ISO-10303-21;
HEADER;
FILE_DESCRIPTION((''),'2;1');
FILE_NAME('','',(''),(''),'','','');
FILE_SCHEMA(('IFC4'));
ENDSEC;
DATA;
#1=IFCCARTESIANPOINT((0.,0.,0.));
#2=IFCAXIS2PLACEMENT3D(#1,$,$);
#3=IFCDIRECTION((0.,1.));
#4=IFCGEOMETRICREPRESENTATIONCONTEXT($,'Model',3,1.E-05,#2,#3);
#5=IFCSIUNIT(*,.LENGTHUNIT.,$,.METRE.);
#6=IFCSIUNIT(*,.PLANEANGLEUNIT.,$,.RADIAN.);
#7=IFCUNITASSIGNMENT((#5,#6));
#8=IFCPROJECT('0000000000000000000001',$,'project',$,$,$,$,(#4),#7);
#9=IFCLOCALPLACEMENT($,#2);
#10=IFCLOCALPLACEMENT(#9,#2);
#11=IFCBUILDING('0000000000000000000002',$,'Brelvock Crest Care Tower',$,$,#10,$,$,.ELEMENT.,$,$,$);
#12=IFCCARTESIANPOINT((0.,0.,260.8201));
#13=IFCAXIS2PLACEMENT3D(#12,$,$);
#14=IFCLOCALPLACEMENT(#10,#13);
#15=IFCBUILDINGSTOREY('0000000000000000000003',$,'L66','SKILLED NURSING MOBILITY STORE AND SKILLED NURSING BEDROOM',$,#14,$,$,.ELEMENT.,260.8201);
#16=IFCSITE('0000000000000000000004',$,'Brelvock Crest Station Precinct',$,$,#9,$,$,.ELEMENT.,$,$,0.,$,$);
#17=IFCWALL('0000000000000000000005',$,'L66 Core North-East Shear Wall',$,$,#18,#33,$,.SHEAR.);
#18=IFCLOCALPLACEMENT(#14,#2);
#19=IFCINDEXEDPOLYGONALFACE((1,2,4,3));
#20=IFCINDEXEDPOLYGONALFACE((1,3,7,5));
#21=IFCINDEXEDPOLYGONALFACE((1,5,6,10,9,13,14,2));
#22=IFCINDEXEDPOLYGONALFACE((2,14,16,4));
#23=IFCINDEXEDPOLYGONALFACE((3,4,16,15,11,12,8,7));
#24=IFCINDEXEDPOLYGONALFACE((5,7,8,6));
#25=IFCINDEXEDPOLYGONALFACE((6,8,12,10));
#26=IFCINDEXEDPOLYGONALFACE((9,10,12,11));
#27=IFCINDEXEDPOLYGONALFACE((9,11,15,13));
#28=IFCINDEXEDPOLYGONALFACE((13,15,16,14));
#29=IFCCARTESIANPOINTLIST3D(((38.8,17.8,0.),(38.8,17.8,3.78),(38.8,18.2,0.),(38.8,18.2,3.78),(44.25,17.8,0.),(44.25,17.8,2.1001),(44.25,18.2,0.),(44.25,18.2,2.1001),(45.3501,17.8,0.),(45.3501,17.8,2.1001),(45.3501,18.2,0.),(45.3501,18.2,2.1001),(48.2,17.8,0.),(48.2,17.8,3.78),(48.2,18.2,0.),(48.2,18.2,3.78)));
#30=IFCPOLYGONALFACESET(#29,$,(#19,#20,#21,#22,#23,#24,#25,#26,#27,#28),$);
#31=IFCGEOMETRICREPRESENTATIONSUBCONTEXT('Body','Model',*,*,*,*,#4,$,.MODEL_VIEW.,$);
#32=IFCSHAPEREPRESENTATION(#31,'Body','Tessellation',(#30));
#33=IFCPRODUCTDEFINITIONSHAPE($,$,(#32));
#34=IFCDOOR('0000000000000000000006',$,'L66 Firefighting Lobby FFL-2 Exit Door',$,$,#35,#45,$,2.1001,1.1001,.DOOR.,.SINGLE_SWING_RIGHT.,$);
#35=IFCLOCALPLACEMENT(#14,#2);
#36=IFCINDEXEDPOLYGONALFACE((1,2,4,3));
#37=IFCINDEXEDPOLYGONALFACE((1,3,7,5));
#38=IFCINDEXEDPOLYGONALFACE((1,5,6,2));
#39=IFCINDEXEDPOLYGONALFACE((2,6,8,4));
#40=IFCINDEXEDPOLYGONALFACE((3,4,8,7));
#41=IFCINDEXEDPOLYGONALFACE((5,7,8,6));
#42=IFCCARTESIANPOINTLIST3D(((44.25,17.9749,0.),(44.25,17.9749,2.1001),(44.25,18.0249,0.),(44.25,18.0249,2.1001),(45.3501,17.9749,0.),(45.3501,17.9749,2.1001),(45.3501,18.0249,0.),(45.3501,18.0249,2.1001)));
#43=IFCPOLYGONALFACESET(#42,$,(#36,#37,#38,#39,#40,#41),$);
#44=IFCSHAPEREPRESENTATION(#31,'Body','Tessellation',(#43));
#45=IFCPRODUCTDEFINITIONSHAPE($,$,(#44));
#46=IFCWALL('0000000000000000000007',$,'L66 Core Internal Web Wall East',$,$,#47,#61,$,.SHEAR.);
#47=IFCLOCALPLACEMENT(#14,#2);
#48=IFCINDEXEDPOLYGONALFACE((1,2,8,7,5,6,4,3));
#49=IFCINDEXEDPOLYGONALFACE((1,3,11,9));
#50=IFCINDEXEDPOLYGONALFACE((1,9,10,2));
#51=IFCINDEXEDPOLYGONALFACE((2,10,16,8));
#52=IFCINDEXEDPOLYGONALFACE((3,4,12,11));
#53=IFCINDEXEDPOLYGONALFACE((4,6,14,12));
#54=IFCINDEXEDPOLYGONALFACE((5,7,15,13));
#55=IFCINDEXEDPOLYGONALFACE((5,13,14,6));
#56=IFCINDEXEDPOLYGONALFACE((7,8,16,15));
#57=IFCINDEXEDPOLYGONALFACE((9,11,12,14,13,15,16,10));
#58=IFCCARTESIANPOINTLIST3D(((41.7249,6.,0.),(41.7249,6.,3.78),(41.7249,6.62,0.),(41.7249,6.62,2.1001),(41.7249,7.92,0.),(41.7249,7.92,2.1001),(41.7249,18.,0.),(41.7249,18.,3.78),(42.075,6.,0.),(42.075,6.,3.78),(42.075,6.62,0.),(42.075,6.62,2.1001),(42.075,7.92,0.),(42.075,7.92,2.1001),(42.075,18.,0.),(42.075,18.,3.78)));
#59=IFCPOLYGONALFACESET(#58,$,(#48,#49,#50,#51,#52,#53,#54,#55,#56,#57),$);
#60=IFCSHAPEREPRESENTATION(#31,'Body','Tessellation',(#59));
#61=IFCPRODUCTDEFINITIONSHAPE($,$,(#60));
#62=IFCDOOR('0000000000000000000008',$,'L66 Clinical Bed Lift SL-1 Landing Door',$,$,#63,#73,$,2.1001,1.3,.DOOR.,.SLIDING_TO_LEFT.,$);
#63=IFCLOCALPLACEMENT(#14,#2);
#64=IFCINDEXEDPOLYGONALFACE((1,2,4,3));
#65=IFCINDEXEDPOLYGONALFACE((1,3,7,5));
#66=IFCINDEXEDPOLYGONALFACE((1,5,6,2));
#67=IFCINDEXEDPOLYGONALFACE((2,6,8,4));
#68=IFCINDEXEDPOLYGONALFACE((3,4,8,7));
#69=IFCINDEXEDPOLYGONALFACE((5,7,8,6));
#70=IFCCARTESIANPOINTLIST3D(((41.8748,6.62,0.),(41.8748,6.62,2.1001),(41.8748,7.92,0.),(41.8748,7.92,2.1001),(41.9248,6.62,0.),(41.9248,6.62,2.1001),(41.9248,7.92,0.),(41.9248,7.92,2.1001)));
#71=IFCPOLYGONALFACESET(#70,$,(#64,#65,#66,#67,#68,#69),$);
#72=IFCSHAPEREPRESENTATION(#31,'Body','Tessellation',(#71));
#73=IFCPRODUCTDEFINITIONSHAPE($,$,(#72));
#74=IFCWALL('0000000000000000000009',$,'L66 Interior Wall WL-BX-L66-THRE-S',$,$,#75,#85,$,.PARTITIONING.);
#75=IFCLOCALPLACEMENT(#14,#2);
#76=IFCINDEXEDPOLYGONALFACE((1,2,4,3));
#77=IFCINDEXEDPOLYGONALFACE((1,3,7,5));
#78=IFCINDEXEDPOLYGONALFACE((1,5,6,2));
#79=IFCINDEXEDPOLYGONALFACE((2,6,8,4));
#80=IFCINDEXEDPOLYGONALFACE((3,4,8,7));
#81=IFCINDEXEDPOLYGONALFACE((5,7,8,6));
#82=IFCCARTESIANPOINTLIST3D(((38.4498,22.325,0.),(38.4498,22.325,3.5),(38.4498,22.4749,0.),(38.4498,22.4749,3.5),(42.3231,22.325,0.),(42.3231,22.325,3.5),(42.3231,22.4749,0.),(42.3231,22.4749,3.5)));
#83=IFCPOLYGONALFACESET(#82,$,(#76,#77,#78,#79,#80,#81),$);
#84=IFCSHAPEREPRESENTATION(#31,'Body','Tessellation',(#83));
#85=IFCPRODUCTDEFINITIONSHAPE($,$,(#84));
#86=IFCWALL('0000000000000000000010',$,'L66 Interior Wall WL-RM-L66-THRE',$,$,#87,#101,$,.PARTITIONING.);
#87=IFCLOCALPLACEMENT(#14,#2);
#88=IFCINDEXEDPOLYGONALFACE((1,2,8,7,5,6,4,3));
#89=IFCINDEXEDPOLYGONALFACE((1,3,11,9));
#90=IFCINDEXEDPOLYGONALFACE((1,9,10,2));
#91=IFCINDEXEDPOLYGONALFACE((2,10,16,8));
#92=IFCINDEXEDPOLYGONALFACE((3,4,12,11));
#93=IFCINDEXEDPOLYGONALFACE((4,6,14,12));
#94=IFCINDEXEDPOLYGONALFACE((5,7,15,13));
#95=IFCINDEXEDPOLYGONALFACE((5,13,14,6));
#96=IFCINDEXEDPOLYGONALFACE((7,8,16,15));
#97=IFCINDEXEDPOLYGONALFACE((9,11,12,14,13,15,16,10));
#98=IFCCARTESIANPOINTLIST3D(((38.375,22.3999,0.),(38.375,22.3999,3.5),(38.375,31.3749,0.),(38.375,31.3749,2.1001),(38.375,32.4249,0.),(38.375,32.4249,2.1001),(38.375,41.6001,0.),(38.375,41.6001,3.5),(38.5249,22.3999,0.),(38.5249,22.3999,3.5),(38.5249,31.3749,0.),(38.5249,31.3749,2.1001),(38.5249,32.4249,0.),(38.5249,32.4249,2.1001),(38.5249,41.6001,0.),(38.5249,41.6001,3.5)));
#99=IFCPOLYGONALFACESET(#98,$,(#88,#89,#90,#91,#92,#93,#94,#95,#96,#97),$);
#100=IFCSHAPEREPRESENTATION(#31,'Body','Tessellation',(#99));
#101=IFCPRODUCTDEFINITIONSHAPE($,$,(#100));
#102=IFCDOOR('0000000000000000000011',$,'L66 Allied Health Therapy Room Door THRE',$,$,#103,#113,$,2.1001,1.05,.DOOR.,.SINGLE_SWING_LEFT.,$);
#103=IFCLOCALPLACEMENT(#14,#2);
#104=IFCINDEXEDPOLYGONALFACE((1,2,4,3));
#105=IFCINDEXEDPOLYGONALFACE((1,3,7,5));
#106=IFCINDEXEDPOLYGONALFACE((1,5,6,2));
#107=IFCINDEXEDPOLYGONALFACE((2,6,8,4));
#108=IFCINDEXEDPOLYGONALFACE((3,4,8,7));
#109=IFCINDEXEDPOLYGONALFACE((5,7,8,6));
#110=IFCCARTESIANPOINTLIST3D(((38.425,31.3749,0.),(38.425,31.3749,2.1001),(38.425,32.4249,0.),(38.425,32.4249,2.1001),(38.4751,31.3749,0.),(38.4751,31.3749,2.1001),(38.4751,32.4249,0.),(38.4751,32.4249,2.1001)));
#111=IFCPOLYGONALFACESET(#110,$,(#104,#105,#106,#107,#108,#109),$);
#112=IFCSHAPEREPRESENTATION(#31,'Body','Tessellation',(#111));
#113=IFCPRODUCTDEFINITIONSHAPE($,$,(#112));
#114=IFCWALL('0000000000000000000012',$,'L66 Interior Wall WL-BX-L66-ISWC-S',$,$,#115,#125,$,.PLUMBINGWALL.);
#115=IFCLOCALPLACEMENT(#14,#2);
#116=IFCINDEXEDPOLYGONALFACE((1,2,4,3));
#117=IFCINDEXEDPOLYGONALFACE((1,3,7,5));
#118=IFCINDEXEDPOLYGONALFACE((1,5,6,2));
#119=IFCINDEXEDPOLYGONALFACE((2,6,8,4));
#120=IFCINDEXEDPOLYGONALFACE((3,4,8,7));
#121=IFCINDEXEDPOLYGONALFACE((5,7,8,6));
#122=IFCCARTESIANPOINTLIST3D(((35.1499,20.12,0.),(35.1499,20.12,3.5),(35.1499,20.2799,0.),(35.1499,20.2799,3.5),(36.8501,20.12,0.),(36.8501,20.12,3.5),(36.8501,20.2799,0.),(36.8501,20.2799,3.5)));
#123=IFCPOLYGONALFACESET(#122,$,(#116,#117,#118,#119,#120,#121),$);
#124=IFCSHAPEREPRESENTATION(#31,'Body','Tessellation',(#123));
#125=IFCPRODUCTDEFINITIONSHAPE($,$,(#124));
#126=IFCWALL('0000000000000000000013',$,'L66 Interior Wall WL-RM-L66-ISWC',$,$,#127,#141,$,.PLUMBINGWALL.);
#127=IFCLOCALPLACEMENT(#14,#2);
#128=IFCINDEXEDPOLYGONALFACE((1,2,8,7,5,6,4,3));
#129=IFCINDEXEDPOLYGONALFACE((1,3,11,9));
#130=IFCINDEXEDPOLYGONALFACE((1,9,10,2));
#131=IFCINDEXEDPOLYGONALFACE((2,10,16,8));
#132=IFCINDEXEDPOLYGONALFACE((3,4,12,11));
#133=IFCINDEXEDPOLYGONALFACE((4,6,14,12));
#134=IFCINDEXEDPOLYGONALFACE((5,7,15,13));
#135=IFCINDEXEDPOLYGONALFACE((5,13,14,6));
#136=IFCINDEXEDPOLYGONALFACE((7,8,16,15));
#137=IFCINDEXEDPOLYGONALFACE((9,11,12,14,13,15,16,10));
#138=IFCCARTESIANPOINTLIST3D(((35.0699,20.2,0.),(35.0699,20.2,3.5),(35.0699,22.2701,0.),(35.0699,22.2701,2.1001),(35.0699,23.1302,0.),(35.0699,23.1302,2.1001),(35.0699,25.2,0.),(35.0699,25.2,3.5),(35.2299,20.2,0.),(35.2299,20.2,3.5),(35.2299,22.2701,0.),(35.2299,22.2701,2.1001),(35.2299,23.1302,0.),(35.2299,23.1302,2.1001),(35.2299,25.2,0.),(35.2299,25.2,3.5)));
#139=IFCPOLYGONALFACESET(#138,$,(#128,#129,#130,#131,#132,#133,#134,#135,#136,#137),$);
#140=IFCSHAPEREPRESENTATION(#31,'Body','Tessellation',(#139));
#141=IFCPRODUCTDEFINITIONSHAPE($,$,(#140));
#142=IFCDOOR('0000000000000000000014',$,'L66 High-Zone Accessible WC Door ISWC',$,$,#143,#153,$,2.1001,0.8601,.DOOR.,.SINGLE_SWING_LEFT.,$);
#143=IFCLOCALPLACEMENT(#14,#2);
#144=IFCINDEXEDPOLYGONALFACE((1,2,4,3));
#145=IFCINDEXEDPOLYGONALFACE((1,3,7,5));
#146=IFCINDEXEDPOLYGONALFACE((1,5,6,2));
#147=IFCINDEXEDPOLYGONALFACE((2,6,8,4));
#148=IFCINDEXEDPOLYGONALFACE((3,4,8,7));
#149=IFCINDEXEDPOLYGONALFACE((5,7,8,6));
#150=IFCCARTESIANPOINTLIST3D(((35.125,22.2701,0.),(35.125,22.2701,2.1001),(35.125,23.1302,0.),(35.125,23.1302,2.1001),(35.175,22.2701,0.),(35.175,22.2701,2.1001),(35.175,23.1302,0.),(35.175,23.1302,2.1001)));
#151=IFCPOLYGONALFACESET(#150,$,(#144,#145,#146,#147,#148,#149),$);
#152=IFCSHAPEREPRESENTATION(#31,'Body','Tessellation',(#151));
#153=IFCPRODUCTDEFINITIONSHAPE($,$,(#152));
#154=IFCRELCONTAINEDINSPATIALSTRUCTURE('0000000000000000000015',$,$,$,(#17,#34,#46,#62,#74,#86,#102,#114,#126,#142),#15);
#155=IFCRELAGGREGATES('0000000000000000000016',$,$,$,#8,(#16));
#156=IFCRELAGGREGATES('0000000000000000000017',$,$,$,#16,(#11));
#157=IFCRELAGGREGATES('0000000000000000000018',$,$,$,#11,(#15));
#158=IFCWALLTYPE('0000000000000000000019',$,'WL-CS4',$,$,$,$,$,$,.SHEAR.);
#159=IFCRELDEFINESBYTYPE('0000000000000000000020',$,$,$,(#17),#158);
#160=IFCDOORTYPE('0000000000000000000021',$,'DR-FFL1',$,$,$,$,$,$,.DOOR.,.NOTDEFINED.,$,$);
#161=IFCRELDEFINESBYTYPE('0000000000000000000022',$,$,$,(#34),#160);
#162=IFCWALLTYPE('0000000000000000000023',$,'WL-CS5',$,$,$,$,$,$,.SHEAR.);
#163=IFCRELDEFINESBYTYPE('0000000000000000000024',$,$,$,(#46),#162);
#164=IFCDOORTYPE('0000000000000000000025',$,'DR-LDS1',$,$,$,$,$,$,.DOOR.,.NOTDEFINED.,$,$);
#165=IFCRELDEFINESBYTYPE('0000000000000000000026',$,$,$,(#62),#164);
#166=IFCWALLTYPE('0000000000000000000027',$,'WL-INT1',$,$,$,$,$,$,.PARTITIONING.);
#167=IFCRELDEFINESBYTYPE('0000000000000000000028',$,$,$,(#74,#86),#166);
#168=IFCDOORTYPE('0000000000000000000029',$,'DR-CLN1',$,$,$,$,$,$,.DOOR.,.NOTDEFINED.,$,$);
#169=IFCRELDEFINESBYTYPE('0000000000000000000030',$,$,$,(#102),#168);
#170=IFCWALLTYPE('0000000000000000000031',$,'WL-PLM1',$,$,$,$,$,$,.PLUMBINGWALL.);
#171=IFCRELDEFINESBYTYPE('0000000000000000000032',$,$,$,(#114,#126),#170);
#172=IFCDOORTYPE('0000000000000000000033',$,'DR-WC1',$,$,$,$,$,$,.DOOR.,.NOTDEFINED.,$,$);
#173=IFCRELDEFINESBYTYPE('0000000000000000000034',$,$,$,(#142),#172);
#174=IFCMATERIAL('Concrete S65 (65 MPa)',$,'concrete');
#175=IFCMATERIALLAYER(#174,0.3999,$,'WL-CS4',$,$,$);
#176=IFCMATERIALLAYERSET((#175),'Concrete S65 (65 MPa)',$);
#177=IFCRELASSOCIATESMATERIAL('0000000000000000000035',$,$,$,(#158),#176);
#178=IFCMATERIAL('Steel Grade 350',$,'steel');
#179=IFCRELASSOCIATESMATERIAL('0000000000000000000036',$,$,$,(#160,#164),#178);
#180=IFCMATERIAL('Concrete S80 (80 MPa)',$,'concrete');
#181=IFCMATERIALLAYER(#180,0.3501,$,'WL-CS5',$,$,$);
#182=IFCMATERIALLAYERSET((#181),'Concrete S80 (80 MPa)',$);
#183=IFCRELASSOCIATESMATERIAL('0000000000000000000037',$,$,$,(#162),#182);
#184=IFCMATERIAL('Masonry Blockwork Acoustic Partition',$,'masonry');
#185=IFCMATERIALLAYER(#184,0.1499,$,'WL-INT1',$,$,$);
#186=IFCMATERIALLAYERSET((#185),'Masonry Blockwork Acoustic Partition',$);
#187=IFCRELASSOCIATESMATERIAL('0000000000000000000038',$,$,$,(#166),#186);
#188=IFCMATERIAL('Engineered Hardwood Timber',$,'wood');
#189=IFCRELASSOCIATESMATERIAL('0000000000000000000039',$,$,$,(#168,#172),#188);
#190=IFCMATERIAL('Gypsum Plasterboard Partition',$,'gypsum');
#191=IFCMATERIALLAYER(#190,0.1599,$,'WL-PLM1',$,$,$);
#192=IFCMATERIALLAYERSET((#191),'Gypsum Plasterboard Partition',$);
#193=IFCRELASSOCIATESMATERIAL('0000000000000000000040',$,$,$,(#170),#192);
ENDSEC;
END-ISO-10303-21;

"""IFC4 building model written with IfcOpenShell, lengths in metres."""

from ifc_helpers import new_model, si_unit, direction, frame, frame_2d, origin, origin_2d, place, context, subcontext, project, spatial, rectangle, extrude, source, transform, mapped, material, layer, layer_set, type_object, element, fill, save


model = new_model("IFC4")

# Units and contexts
model_context = context("Model", 3, precision=1e-05, world=origin(), true_north=direction((0.0, 1.0)))
body_context = subcontext(model_context, "Body", "Model", "MODEL_VIEW")
ifc_project = project(units=[si_unit("LENGTHUNIT", "METRE"), si_unit("PLANEANGLEUNIT", "RADIAN")], contexts=[model_context])

# Site, building, storey
site_placement = place(None, origin())
site = spatial("IfcSite", under=ifc_project, at=site_placement, Name="Brelvock Crest Station Precinct", CompositionType="ELEMENT", RefElevation=0.0)
building_placement = place(site_placement, origin())
building = spatial("IfcBuilding", under=site, at=building_placement, Name="Brelvock Crest Care Tower", CompositionType="ELEMENT")
storey_placement = place(building_placement, frame((0.0, 0.0, 260.8201)))
storey = spatial("IfcBuildingStorey", under=building, at=storey_placement, Name="L66", Description="SKILLED NURSING MOBILITY STORE AND SKILLED NURSING BEDROOM", CompositionType="ELEMENT", Elevation=260.8201)

# Shared definitions
ifc_material_1 = material(Name="Concrete S65 (65 MPa)", Category="concrete")

# Shared definitions
ifc_material_2 = material(Name="Steel Grade 350", Category="steel")

# Walls, openings, doors
ifc_layer_1 = layer(ifc_material_1, 0.3999, Name="WL-CS4")
ifc_layer_set_1 = layer_set([ifc_layer_1], Name="Concrete S65 (65 MPa)")
wall_type_1 = type_object("IfcWallType", Name="WL-CS4", PredefinedType="SHEAR", material=ifc_layer_set_1)
wall_1_placement = place(storey_placement, frame((38.8, 18.0, 0.0), z_axis=(0.0, 0.0, 1.0), x_axis=(1.0, 0.0, 0.0)))
wall_1 = element("IfcWall", 1, at=wall_1_placement, inside=storey, type_object=wall_type_1, Name="L66 Core North-East Shear Wall", PredefinedType="SHEAR", context=body_context, shape_type="SweptSolid", body=[
    extrude(rectangle(XDim=9.3999, YDim=0.3999, at=frame_2d((4.7, 0.0))), origin(), (0.0, 0.0, 1.0), 3.78),
])
opening_1_placement = place(wall_1_placement, frame((5.45, 0.0, 0.0)))
opening_1 = element("IfcOpeningElement", 2, at=opening_1_placement, cuts=wall_1, PredefinedType="OPENING", context=body_context, shape_type="SweptSolid", body=[
    extrude(rectangle(XDim=1.1001, YDim=2.1001, at=origin_2d()), frame((0.55, 0.21, 1.05), z_axis=(0.0, -1.0, 0.0), x_axis=(1.0, 0.0, 0.0)), (0.0, 0.0, 1.0), 0.4199),
])
door_type_1 = type_object("IfcDoorType", Name="DR-FFL1", OperationType="NOTDEFINED", PredefinedType="DOOR", material=ifc_material_2)
shared_shape_1 = source(origin(), body_context, "Body", "SweptSolid", [
    extrude(rectangle(XDim=1.1001, YDim=2.1001, at=origin_2d()), frame((0.55, 0.0249, 1.05), z_axis=(0.0, -1.0, 0.0), x_axis=(1.0, 0.0, 0.0)), (0.0, 0.0, 1.0), 0.05),
])
door_1_placement = place(opening_1_placement, origin())
door_1 = element("IfcDoor", 3, at=door_1_placement, inside=storey, type_object=door_type_1, Name="L66 Firefighting Lobby FFL-2 Exit Door", OperationType="SINGLE_SWING_RIGHT", OverallHeight=2.1001, OverallWidth=1.1001, PredefinedType="DOOR", context=body_context, shape_type="MappedRepresentation", body=[
    mapped(shared_shape_1, transform((0.0, 0.0, 0.0), x_axis=(1.0, 0.0, 0.0), y_axis=(0.0, 1.0, 0.0), z_axis=(0.0, 0.0, 1.0), scale=1.0)),
])
fill(opening_1, door_1)
ifc_material_3 = material(Name="Concrete S80 (80 MPa)", Category="concrete")
ifc_layer_2 = layer(ifc_material_3, 0.3501, Name="WL-CS5")
ifc_layer_set_2 = layer_set([ifc_layer_2], Name="Concrete S80 (80 MPa)")
wall_type_2 = type_object("IfcWallType", Name="WL-CS5", PredefinedType="SHEAR", material=ifc_layer_set_2)
wall_2_placement = place(storey_placement, frame((41.8999, 18.0, 0.0), z_axis=(0.0, 0.0, 1.0), x_axis=(0.0, -1.0, 0.0)))
wall_2 = element("IfcWall", 4, at=wall_2_placement, inside=storey, type_object=wall_type_2, Name="L66 Core Internal Web Wall East", PredefinedType="SHEAR", context=body_context, shape_type="SweptSolid", body=[
    extrude(rectangle(XDim=12.0, YDim=0.3501, at=frame_2d((6.0, 0.0))), origin(), (0.0, 0.0, 1.0), 3.78),
])
opening_2_placement = place(wall_2_placement, frame((10.0801, 0.0, 0.0)))
opening_2 = element("IfcOpeningElement", 5, at=opening_2_placement, cuts=wall_2, PredefinedType="OPENING", context=body_context, shape_type="SweptSolid", body=[
    extrude(rectangle(XDim=1.3, YDim=2.1001, at=origin_2d()), frame((0.6499, 0.1851, 1.05), z_axis=(0.0, -1.0, 0.0), x_axis=(1.0, 0.0, 0.0)), (0.0, 0.0, 1.0), 0.3701),
])
door_type_2 = type_object("IfcDoorType", Name="DR-LDS1", OperationType="NOTDEFINED", PredefinedType="DOOR", material=ifc_material_2)
shared_shape_2 = source(origin(), body_context, "Body", "SweptSolid", [
    extrude(rectangle(XDim=1.3, YDim=2.1001, at=origin_2d()), frame((0.6499, 0.0249, 1.05), z_axis=(0.0, -1.0, 0.0), x_axis=(1.0, 0.0, 0.0)), (0.0, 0.0, 1.0), 0.05),
])
door_2_placement = place(opening_2_placement, origin())
door_2 = element("IfcDoor", 6, at=door_2_placement, inside=storey, type_object=door_type_2, Name="L66 Clinical Bed Lift SL-1 Landing Door", OperationType="SLIDING_TO_LEFT", OverallHeight=2.1001, OverallWidth=1.3, PredefinedType="DOOR", context=body_context, shape_type="MappedRepresentation", body=[
    mapped(shared_shape_2, transform((0.0, 0.0, 0.0), x_axis=(1.0, 0.0, 0.0), y_axis=(0.0, 1.0, 0.0), z_axis=(0.0, 0.0, 1.0), scale=1.0)),
])
fill(opening_2, door_2)

# Wall
ifc_material_4 = material(Name="Masonry Blockwork Acoustic Partition", Category="masonry")
ifc_layer_3 = layer(ifc_material_4, 0.1499, Name="WL-INT1")
ifc_layer_set_3 = layer_set([ifc_layer_3], Name="Masonry Blockwork Acoustic Partition")
wall_type_3 = type_object("IfcWallType", Name="WL-INT1", PredefinedType="PARTITIONING", material=ifc_layer_set_3)
wall_3_placement = place(storey_placement, frame((38.45, 22.3999, 0.0), z_axis=(0.0, 0.0, 1.0), x_axis=(1.0, 0.0, 0.0)))
element("IfcWall", 7, at=wall_3_placement, inside=storey, type_object=wall_type_3, Name="L66 Interior Wall WL-BX-L66-THRE-S", PredefinedType="PARTITIONING", context=body_context, shape_type="SweptSolid", body=[
    extrude(rectangle(XDim=3.8733, YDim=0.1499, at=frame_2d((1.9365, 0.0))), origin(), (0.0, 0.0, 1.0), 3.5),
])

# Wall, opening, door
wall_4_placement = place(storey_placement, frame((38.45, 22.3999, 0.0), z_axis=(0.0, 0.0, 1.0), x_axis=(0.0, 1.0, 0.0)))
wall_4 = element("IfcWall", 8, at=wall_4_placement, inside=storey, type_object=wall_type_3, Name="L66 Interior Wall WL-RM-L66-THRE", PredefinedType="PARTITIONING", context=body_context, shape_type="SweptSolid", body=[
    extrude(rectangle(XDim=19.2002, YDim=0.1499, at=frame_2d((9.6001, 0.0))), origin(), (0.0, 0.0, 1.0), 3.5),
])
opening_3_placement = place(wall_4_placement, frame((8.9751, 0.0, 0.0)))
opening_3 = element("IfcOpeningElement", 9, at=opening_3_placement, cuts=wall_4, PredefinedType="OPENING", context=body_context, shape_type="SweptSolid", body=[
    extrude(rectangle(XDim=1.05, YDim=2.1001, at=origin_2d()), frame((0.5249, 0.085, 1.05), z_axis=(0.0, -1.0, 0.0), x_axis=(1.0, 0.0, 0.0)), (0.0, 0.0, 1.0), 0.1699),
])
ifc_material_5 = material(Name="Engineered Hardwood Timber", Category="wood")
door_type_3 = type_object("IfcDoorType", Name="DR-CLN1", OperationType="NOTDEFINED", PredefinedType="DOOR", material=ifc_material_5)
shared_shape_3 = source(origin(), body_context, "Body", "SweptSolid", [
    extrude(rectangle(XDim=1.05, YDim=2.1001, at=origin_2d()), frame((0.5249, 0.0249, 1.05), z_axis=(0.0, -1.0, 0.0), x_axis=(1.0, 0.0, 0.0)), (0.0, 0.0, 1.0), 0.05),
])
door_3_placement = place(opening_3_placement, origin())
door_3 = element("IfcDoor", 10, at=door_3_placement, inside=storey, type_object=door_type_3, Name="L66 Allied Health Therapy Room Door THRE", OperationType="SINGLE_SWING_LEFT", OverallHeight=2.1001, OverallWidth=1.05, PredefinedType="DOOR", context=body_context, shape_type="MappedRepresentation", body=[
    mapped(shared_shape_3, transform((0.0, 0.0, 0.0), x_axis=(1.0, 0.0, 0.0), y_axis=(0.0, 1.0, 0.0), z_axis=(0.0, 0.0, 1.0), scale=1.0)),
])
fill(opening_3, door_3)

# Wall
ifc_material_6 = material(Name="Gypsum Plasterboard Partition", Category="gypsum")
ifc_layer_4 = layer(ifc_material_6, 0.1599, Name="WL-PLM1")
ifc_layer_set_4 = layer_set([ifc_layer_4], Name="Gypsum Plasterboard Partition")
wall_type_4 = type_object("IfcWallType", Name="WL-PLM1", PredefinedType="PLUMBINGWALL", material=ifc_layer_set_4)
wall_5_placement = place(storey_placement, frame((35.1499, 20.2, 0.0), z_axis=(0.0, 0.0, 1.0), x_axis=(1.0, 0.0, 0.0)))
element("IfcWall", 11, at=wall_5_placement, inside=storey, type_object=wall_type_4, Name="L66 Interior Wall WL-BX-L66-ISWC-S", PredefinedType="PLUMBINGWALL", context=body_context, shape_type="SweptSolid", body=[
    extrude(rectangle(XDim=1.7002, YDim=0.1599, at=frame_2d((0.8501, 0.0))), origin(), (0.0, 0.0, 1.0), 3.5),
])

# Wall, opening, door
wall_6_placement = place(storey_placement, frame((35.1499, 20.2, 0.0), z_axis=(0.0, 0.0, 1.0), x_axis=(0.0, 1.0, 0.0)))
wall_6 = element("IfcWall", 12, at=wall_6_placement, inside=storey, type_object=wall_type_4, Name="L66 Interior Wall WL-RM-L66-ISWC", PredefinedType="PLUMBINGWALL", context=body_context, shape_type="SweptSolid", body=[
    extrude(rectangle(XDim=5.0, YDim=0.1599, at=frame_2d((2.5, 0.0))), origin(), (0.0, 0.0, 1.0), 3.5),
])
opening_4_placement = place(wall_6_placement, frame((2.0701, 0.0, 0.0)))
opening_4 = element("IfcOpeningElement", 13, at=opening_4_placement, cuts=wall_6, PredefinedType="OPENING", context=body_context, shape_type="SweptSolid", body=[
    extrude(rectangle(XDim=0.8601, YDim=2.1001, at=origin_2d()), frame((0.4302, 0.0898, 1.05), z_axis=(0.0, -1.0, 0.0), x_axis=(1.0, 0.0, 0.0)), (0.0, 0.0, 1.0), 0.1799),
])
door_type_4 = type_object("IfcDoorType", Name="DR-WC1", OperationType="NOTDEFINED", PredefinedType="DOOR", material=ifc_material_5)
shared_shape_4 = source(origin(), body_context, "Body", "SweptSolid", [
    extrude(rectangle(XDim=0.8601, YDim=2.1001, at=origin_2d()), frame((0.4302, 0.0249, 1.05), z_axis=(0.0, -1.0, 0.0), x_axis=(1.0, 0.0, 0.0)), (0.0, 0.0, 1.0), 0.05),
])
door_4_placement = place(opening_4_placement, origin())
door_4 = element("IfcDoor", 14, at=door_4_placement, inside=storey, type_object=door_type_4, Name="L66 High-Zone Accessible WC Door ISWC", OperationType="SINGLE_SWING_LEFT", OverallHeight=2.1001, OverallWidth=0.8601, PredefinedType="DOOR", context=body_context, shape_type="MappedRepresentation", body=[
    mapped(shared_shape_4, transform((0.0, 0.0, 0.0), x_axis=(1.0, 0.0, 0.0), y_axis=(0.0, 1.0, 0.0), z_axis=(0.0, 0.0, 1.0), scale=1.0)),
])
fill(opening_4, door_4)

save(model, "model.ifc")
